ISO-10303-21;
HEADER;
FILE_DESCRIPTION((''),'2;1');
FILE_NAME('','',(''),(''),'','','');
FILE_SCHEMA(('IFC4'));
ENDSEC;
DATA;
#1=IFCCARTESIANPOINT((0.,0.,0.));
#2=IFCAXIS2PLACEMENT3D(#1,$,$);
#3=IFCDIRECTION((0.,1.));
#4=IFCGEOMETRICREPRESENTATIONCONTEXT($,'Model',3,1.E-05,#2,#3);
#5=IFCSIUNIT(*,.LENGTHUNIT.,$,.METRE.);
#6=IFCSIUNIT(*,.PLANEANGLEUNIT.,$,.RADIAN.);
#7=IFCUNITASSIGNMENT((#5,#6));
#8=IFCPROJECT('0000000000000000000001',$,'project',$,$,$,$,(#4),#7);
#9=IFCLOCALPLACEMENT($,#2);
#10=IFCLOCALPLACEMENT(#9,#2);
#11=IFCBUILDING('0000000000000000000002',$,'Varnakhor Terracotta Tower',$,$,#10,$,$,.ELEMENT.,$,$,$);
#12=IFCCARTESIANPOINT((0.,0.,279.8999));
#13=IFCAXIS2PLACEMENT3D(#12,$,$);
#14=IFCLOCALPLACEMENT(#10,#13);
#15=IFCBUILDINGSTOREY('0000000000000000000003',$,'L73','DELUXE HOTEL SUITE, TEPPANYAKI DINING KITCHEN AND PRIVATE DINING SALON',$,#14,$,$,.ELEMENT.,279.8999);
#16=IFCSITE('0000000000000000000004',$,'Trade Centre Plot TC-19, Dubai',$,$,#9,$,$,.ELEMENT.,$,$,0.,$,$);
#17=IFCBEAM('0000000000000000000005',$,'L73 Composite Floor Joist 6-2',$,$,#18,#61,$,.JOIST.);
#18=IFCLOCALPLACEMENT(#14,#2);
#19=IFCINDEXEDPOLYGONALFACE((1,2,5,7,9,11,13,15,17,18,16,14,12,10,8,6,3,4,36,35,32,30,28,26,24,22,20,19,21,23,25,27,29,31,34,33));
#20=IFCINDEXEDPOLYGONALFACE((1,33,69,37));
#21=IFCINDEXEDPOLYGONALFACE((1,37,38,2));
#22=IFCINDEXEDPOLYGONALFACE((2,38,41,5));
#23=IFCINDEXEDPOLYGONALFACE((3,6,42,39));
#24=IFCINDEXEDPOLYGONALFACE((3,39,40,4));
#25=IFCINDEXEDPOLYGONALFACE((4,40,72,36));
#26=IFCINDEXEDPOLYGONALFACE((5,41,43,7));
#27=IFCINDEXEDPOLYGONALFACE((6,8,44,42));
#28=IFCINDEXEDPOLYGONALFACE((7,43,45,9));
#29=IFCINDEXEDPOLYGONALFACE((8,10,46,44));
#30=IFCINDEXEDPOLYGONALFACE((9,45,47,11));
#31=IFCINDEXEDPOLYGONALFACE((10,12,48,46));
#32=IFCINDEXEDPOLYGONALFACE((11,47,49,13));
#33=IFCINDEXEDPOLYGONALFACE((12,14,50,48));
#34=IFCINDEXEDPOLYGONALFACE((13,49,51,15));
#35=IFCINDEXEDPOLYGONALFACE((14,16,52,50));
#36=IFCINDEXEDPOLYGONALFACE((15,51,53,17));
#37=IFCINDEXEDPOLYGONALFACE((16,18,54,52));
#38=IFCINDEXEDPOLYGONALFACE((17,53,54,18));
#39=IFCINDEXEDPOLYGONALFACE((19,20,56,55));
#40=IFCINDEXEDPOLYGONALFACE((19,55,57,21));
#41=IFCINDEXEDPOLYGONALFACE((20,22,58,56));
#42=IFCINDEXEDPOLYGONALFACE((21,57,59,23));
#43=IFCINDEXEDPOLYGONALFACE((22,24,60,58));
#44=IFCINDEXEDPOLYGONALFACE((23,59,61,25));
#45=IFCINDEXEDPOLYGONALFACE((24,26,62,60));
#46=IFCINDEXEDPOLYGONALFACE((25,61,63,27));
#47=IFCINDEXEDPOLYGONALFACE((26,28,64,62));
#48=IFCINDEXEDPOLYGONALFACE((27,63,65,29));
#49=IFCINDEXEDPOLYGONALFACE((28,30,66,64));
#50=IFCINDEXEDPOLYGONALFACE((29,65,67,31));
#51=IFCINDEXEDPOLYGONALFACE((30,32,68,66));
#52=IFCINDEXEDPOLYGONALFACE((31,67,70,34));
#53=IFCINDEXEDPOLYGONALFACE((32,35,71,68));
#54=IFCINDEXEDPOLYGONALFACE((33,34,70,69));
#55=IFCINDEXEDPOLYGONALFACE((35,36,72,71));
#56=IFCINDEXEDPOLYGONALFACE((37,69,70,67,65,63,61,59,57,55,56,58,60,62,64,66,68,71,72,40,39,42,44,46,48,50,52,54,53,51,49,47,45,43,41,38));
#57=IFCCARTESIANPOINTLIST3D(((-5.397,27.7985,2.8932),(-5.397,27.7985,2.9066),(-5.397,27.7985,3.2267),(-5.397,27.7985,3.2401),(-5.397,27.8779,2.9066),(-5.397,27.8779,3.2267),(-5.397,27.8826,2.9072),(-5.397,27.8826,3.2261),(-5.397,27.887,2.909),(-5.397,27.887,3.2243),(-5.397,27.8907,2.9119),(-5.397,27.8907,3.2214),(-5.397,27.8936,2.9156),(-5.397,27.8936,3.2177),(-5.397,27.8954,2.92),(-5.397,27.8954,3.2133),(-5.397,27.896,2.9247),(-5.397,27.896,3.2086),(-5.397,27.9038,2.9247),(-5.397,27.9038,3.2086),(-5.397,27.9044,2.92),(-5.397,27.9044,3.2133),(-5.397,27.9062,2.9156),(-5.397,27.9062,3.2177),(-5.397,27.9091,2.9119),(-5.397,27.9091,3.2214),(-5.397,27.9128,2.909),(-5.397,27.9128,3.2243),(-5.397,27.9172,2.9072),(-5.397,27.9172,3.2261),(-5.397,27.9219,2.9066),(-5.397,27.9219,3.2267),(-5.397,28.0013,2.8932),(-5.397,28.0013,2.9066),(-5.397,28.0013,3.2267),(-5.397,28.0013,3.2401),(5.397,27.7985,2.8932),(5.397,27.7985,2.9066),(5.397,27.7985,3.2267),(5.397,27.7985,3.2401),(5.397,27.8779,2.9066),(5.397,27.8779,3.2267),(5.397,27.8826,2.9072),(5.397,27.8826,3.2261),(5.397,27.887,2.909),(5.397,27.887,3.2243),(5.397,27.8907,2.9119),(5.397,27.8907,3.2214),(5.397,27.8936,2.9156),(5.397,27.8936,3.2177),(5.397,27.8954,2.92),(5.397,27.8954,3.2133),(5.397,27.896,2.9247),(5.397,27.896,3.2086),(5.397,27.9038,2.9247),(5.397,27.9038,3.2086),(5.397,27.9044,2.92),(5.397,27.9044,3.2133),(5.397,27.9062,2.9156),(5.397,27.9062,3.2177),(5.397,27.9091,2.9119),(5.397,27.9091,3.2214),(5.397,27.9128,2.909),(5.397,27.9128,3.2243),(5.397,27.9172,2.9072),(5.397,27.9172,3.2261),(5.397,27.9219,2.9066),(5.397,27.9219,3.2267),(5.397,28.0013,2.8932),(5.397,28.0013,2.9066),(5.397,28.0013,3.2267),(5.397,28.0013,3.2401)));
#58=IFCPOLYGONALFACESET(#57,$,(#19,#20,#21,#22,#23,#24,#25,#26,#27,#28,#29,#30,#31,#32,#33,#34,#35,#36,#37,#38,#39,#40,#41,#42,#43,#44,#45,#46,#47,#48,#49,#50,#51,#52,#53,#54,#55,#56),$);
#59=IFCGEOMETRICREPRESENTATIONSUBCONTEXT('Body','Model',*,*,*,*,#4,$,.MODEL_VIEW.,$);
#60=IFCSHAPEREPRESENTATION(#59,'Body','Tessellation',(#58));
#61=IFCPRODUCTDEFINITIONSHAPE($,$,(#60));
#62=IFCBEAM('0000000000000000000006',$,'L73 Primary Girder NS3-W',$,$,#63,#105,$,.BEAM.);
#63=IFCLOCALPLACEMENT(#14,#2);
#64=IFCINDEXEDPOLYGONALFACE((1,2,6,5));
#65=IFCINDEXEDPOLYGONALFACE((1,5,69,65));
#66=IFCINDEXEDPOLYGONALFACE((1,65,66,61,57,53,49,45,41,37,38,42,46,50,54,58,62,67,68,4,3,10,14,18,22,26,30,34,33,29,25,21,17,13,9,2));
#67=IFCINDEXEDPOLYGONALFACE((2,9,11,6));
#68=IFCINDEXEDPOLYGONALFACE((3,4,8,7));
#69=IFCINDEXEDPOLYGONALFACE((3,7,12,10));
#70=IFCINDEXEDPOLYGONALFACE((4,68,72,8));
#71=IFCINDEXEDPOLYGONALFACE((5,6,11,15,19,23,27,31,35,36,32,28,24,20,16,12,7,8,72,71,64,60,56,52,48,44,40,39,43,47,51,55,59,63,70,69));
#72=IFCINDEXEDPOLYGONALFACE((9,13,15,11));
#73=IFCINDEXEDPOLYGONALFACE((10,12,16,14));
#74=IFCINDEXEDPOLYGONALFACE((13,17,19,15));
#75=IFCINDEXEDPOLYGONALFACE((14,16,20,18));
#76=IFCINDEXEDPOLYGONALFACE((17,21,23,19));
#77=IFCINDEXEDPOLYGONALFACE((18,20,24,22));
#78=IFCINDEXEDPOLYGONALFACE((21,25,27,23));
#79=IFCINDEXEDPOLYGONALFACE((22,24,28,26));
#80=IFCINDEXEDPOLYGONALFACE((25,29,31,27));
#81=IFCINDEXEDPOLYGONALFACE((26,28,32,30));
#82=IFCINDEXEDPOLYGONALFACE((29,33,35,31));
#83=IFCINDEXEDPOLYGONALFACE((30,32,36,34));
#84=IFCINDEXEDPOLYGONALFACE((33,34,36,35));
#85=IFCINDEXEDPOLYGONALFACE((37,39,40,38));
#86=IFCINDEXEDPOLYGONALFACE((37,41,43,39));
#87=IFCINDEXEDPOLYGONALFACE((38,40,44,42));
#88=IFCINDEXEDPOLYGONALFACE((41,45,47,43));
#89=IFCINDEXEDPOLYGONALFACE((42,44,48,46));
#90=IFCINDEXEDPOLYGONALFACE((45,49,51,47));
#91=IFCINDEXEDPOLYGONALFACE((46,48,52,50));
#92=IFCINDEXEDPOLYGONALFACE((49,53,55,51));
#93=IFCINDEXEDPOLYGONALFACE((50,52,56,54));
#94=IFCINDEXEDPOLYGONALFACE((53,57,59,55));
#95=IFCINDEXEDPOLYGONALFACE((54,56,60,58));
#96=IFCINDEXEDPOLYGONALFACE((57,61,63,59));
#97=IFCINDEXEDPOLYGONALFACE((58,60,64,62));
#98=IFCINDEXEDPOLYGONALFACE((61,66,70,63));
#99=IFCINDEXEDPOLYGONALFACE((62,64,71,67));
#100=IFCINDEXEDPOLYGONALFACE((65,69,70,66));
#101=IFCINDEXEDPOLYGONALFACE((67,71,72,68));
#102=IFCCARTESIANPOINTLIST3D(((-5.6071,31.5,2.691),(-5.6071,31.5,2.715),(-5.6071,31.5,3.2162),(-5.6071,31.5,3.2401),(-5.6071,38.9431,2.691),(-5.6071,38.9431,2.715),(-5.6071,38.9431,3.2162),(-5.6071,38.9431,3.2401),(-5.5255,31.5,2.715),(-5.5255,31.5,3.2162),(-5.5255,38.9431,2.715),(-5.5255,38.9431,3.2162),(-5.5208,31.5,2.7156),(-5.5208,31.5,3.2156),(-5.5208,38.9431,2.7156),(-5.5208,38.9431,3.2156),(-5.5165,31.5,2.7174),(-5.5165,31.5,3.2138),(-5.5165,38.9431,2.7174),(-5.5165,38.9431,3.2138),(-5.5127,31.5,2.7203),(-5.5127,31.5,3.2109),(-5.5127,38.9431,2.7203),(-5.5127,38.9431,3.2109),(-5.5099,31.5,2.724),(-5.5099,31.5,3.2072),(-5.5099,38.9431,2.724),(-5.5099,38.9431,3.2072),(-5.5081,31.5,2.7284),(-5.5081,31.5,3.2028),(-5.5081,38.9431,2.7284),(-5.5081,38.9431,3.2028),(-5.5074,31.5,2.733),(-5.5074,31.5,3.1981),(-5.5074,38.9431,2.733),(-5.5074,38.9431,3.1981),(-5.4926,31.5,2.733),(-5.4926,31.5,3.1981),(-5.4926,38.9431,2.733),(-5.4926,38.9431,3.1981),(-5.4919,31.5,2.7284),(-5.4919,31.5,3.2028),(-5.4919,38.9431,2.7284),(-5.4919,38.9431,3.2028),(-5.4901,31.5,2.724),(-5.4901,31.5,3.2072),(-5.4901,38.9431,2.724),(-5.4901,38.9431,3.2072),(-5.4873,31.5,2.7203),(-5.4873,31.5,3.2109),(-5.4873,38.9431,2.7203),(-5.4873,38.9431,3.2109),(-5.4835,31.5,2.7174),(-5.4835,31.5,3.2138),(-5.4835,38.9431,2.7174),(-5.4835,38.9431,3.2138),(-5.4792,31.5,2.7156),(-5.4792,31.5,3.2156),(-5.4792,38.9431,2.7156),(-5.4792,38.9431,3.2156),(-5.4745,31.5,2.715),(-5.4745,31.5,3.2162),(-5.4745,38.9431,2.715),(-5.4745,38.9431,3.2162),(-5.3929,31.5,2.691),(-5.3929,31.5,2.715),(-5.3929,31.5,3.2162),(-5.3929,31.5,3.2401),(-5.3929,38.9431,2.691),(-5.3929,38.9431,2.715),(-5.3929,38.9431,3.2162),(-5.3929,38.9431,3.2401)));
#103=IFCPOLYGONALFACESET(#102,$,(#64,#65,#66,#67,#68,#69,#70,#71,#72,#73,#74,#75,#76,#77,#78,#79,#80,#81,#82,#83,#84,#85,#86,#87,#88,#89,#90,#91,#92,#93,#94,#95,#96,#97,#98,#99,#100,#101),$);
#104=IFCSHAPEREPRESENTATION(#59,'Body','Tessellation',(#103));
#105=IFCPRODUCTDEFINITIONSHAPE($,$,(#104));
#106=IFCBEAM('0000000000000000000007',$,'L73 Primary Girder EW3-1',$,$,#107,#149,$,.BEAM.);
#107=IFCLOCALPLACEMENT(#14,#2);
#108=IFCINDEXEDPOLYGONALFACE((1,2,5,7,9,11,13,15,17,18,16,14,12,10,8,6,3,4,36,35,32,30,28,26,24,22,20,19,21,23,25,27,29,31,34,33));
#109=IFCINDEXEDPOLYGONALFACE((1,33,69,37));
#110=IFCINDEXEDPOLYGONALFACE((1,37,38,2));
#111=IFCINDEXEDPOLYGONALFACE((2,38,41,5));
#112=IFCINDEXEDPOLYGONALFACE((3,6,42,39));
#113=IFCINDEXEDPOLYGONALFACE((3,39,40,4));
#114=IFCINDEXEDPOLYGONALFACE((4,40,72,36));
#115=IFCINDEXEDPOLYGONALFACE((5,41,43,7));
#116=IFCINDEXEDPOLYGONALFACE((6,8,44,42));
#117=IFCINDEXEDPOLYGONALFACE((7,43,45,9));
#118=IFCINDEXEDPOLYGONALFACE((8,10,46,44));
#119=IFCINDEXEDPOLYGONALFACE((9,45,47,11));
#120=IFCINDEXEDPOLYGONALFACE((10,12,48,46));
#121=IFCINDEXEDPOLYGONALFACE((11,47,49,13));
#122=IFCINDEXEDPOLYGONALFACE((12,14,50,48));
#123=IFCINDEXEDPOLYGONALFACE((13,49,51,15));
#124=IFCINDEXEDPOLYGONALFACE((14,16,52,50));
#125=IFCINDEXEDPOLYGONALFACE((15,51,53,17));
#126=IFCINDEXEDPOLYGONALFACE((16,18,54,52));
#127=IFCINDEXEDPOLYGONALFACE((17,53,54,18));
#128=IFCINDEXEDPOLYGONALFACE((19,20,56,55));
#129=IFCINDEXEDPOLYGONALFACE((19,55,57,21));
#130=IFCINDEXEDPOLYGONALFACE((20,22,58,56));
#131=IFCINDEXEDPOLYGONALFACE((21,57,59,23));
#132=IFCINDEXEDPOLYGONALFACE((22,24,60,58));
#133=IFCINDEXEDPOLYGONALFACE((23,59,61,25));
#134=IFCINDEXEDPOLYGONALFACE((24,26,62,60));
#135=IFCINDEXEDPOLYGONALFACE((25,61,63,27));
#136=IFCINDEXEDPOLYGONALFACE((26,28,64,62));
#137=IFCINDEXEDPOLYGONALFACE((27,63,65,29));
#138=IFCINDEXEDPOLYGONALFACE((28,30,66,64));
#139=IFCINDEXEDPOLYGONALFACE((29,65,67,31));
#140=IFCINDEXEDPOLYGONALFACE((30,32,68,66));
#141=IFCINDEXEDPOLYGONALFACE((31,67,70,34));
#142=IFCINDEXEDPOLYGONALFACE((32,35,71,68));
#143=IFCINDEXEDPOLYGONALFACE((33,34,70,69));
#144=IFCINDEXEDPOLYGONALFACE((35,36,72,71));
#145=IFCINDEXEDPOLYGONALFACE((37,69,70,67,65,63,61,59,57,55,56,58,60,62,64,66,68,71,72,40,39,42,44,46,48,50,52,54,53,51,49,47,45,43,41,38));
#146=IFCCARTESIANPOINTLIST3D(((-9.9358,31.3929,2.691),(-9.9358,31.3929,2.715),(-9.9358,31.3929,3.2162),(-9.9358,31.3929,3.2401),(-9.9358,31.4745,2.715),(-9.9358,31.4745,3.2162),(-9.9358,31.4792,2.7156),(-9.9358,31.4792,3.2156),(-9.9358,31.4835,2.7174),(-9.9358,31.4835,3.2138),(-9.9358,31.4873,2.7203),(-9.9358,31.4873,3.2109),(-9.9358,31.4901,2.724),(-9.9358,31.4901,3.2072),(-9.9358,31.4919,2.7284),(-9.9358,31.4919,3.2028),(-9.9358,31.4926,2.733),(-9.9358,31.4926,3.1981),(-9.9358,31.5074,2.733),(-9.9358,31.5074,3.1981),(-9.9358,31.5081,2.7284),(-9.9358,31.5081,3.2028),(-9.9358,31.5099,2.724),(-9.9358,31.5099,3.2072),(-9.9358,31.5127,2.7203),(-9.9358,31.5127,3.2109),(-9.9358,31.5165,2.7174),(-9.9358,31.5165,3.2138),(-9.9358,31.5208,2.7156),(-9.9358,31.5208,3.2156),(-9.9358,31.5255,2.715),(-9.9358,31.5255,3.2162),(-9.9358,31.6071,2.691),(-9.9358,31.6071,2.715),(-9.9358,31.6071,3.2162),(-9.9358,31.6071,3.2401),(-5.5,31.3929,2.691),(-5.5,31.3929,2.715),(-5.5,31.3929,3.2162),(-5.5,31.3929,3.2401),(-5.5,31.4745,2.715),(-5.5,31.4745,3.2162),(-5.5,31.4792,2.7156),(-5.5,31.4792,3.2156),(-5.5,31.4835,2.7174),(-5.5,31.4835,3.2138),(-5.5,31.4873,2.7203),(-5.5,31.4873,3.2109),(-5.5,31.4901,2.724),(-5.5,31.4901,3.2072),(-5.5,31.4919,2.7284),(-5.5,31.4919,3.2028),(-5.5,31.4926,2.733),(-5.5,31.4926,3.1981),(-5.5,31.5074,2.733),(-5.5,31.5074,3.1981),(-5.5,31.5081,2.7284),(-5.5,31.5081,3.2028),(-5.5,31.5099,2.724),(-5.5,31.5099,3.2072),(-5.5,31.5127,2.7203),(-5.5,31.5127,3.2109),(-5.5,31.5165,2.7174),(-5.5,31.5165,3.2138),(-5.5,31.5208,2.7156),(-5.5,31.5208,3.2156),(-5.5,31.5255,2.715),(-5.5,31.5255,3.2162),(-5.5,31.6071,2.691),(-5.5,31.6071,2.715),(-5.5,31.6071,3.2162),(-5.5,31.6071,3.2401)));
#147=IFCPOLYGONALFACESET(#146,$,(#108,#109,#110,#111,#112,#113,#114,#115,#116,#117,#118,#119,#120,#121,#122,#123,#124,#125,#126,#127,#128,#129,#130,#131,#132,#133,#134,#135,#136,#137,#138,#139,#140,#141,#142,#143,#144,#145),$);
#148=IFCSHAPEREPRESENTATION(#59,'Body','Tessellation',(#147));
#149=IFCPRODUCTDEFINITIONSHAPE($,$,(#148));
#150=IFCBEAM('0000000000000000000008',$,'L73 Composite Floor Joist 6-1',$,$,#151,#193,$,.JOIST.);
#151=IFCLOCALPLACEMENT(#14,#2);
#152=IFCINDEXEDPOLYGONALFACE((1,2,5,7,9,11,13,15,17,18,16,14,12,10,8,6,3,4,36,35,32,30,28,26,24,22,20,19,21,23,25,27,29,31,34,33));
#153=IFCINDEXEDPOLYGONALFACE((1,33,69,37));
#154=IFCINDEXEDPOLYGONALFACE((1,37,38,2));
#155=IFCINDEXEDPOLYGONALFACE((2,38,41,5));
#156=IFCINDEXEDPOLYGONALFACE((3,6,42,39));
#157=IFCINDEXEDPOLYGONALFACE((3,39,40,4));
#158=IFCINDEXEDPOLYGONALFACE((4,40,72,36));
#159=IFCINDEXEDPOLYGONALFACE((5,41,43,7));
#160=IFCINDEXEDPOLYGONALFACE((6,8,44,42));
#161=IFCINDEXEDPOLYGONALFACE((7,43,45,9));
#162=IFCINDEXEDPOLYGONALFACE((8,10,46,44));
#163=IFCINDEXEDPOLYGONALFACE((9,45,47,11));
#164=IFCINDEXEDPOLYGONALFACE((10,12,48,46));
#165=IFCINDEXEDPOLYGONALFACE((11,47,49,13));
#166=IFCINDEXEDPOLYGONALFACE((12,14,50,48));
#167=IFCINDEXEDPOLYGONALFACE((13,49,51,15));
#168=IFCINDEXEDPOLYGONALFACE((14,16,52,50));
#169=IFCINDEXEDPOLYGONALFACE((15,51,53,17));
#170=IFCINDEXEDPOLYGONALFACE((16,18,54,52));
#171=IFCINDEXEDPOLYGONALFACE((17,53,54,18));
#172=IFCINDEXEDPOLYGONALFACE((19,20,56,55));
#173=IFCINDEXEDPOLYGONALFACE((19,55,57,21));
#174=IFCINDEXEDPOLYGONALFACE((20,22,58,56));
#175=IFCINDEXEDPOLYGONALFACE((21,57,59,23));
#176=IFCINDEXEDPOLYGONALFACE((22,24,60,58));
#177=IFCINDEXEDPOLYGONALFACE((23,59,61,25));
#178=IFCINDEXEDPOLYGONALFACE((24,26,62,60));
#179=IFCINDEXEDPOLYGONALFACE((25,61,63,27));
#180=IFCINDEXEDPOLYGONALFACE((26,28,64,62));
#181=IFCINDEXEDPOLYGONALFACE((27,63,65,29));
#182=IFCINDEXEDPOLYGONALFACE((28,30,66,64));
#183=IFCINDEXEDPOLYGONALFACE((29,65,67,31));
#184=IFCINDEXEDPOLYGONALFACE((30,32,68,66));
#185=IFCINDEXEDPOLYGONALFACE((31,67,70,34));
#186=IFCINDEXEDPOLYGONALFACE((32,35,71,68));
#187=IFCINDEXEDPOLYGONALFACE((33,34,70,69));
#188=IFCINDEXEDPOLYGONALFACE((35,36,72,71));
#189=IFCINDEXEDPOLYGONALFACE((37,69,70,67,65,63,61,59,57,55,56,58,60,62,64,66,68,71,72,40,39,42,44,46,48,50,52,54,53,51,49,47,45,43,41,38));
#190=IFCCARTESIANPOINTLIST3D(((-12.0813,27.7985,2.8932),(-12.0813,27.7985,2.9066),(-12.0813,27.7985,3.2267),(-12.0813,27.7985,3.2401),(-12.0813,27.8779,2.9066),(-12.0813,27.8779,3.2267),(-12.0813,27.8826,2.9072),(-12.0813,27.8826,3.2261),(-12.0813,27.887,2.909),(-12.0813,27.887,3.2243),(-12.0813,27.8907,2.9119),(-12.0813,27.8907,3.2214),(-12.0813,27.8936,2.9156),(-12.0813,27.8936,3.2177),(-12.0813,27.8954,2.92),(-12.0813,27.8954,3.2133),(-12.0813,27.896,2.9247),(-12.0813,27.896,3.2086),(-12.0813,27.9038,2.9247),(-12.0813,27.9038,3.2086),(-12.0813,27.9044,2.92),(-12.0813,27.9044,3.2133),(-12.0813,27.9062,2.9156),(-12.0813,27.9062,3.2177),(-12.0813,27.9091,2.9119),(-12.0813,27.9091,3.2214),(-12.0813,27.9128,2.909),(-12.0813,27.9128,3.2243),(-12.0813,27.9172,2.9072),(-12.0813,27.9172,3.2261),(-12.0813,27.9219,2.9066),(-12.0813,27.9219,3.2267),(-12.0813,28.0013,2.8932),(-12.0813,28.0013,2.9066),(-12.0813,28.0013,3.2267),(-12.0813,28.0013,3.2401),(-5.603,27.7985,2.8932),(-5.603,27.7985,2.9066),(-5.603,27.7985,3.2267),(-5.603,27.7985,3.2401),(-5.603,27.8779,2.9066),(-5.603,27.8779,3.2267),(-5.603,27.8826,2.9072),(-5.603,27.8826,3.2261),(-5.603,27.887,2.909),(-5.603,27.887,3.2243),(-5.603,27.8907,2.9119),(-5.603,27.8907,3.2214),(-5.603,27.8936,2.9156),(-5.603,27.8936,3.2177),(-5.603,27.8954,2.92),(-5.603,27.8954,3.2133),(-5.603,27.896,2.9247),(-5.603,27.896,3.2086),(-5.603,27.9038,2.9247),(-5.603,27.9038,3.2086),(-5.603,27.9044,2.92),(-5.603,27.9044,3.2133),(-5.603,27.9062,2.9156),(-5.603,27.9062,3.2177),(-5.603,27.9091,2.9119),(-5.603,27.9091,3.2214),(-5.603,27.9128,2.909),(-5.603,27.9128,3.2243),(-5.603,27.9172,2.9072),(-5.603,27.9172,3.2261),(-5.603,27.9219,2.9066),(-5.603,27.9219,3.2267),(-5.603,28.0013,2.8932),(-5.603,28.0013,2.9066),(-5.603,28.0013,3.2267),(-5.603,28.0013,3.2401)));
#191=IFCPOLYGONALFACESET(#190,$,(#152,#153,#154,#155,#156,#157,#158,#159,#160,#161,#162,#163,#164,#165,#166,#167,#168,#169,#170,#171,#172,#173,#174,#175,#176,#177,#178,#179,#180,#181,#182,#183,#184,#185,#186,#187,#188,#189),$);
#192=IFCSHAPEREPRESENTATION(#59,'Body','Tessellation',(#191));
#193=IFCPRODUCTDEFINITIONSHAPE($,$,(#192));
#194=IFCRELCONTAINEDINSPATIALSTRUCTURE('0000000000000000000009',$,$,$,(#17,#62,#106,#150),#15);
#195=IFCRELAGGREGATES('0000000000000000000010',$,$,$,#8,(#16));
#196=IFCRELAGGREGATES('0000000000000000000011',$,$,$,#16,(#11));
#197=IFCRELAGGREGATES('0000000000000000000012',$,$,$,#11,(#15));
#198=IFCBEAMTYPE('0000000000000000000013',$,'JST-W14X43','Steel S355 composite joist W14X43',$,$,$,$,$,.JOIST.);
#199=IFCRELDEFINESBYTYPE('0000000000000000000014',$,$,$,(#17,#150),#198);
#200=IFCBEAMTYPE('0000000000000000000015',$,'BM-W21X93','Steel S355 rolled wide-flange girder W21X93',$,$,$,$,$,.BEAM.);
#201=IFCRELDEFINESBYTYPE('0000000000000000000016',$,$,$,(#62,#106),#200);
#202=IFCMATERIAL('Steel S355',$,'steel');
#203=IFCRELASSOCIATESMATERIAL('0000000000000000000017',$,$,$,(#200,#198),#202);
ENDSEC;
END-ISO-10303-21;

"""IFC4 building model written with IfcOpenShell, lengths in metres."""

from ifc_helpers import new_model, si_unit, direction, frame, origin, origin_2d, place, context, subcontext, project, spatial, i_section, extrude, source, transform, mapped, material, material_profile, profile_set, type_object, element, save


model = new_model("IFC4")

# Units and contexts
model_context = context("Model", 3, precision=1e-05, world=origin(), true_north=direction((0.0, 1.0)))
body_context = subcontext(model_context, "Body", "Model", "MODEL_VIEW")
ifc_project = project(units=[si_unit("LENGTHUNIT", "METRE"), si_unit("PLANEANGLEUNIT", "RADIAN")], contexts=[model_context])

# Site, building, storey
site_placement = place(None, origin())
site = spatial("IfcSite", under=ifc_project, at=site_placement, Name="Trade Centre Plot TC-19, Dubai", CompositionType="ELEMENT", RefElevation=0.0)
building_placement = place(site_placement, origin())
building = spatial("IfcBuilding", under=site, at=building_placement, Name="Varnakhor Terracotta Tower", CompositionType="ELEMENT")
storey_placement = place(building_placement, frame((0.0, 0.0, 279.8999)))
storey = spatial("IfcBuildingStorey", under=building, at=storey_placement, Name="L73", Description="DELUXE HOTEL SUITE, TEPPANYAKI DINING KITCHEN AND PRIVATE DINING SALON", CompositionType="ELEMENT", Elevation=279.8999)

# Beams
ifc_material_1 = material(Name="Steel S355", Category="steel")
ifc_material_profile_1 = material_profile(ifc_material_1, i_section(OverallWidth=0.2141, OverallDepth=0.5491, WebThickness=0.0149, FlangeThickness=0.0239, FilletRadius=0.0181, at=origin_2d()), Name="W21X93")
ifc_profile_set_1 = profile_set([ifc_material_profile_1], Name="Steel S355")
beam_type_1 = type_object("IfcBeamType", Name="BM-W21X93", Description="Steel S355 rolled wide-flange girder W21X93", PredefinedType="BEAM", material=ifc_profile_set_1)
ifc_material_profile_2 = material_profile(ifc_material_1, i_section(OverallWidth=0.2029, OverallDepth=0.3469, WebThickness=0.0078, FlangeThickness=0.0134, FilletRadius=0.0181, at=origin_2d()), Name="W14X43")
ifc_profile_set_2 = profile_set([ifc_material_profile_2], Name="Steel S355")
beam_type_2 = type_object("IfcBeamType", Name="JST-W14X43", Description="Steel S355 composite joist W14X43", PredefinedType="JOIST", material=ifc_profile_set_2)
shared_shape_1 = source(origin(), body_context, "Body", "SweptSolid", [
    extrude(i_section(OverallWidth=0.2029, OverallDepth=0.3469, WebThickness=0.0078, FlangeThickness=0.0134, FilletRadius=0.0181, at=origin_2d()), origin(), (0.0, 0.0, 1.0), 10.7939),
])
beam_1_placement = place(storey_placement, frame((-5.397, 27.8999, 3.0667), z_axis=(1.0, 0.0, 0.0), x_axis=(0.0, 1.0, 0.0)))
element("IfcBeam", 1, at=beam_1_placement, inside=storey, type_object=beam_type_2, Name="L73 Composite Floor Joist 6-2", PredefinedType="JOIST", context=body_context, shape_type="MappedRepresentation", body=[
    mapped(shared_shape_1, transform((0.0, 0.0, 0.0), scale=1.0)),
])
shared_shape_2 = source(origin(), body_context, "Body", "SweptSolid", [
    extrude(i_section(OverallWidth=0.2141, OverallDepth=0.5491, WebThickness=0.0149, FlangeThickness=0.0239, FilletRadius=0.0181, at=origin_2d()), origin(), (0.0, 0.0, 1.0), 7.4431),
])
beam_2_placement = place(storey_placement, frame((-5.5, 31.5, 2.9656), z_axis=(0.0, 1.0, 0.0), x_axis=(-1.0, 0.0, 0.0)))
element("IfcBeam", 2, at=beam_2_placement, inside=storey, type_object=beam_type_1, Name="L73 Primary Girder NS3-W", PredefinedType="BEAM", context=body_context, shape_type="MappedRepresentation", body=[
    mapped(shared_shape_2, transform((0.0, 0.0, 0.0), scale=1.0)),
])
shared_shape_3 = source(origin(), body_context, "Body", "SweptSolid", [
    extrude(i_section(OverallWidth=0.2141, OverallDepth=0.5491, WebThickness=0.0149, FlangeThickness=0.0239, FilletRadius=0.0181, at=origin_2d()), origin(), (0.0, 0.0, 1.0), 4.4358),
])
beam_3_placement = place(storey_placement, frame((-9.9358, 31.5, 2.9656), z_axis=(1.0, 0.0, 0.0), x_axis=(0.0, 1.0, 0.0)))
element("IfcBeam", 3, at=beam_3_placement, inside=storey, type_object=beam_type_1, Name="L73 Primary Girder EW3-1", PredefinedType="BEAM", context=body_context, shape_type="MappedRepresentation", body=[
    mapped(shared_shape_3, transform((0.0, 0.0, 0.0), scale=1.0)),
])
shared_shape_4 = source(origin(), body_context, "Body", "SweptSolid", [
    extrude(i_section(OverallWidth=0.2029, OverallDepth=0.3469, WebThickness=0.0078, FlangeThickness=0.0134, FilletRadius=0.0181, at=origin_2d()), origin(), (0.0, 0.0, 1.0), 6.4783),
])
beam_4_placement = place(storey_placement, frame((-12.0813, 27.8999, 3.0667), z_axis=(1.0, 0.0, 0.0), x_axis=(0.0, 1.0, 0.0)))
element("IfcBeam", 4, at=beam_4_placement, inside=storey, type_object=beam_type_2, Name="L73 Composite Floor Joist 6-1", PredefinedType="JOIST", context=body_context, shape_type="MappedRepresentation", body=[
    mapped(shared_shape_4, transform((0.0, 0.0, 0.0), scale=1.0)),
])

save(model, "model.ifc")
